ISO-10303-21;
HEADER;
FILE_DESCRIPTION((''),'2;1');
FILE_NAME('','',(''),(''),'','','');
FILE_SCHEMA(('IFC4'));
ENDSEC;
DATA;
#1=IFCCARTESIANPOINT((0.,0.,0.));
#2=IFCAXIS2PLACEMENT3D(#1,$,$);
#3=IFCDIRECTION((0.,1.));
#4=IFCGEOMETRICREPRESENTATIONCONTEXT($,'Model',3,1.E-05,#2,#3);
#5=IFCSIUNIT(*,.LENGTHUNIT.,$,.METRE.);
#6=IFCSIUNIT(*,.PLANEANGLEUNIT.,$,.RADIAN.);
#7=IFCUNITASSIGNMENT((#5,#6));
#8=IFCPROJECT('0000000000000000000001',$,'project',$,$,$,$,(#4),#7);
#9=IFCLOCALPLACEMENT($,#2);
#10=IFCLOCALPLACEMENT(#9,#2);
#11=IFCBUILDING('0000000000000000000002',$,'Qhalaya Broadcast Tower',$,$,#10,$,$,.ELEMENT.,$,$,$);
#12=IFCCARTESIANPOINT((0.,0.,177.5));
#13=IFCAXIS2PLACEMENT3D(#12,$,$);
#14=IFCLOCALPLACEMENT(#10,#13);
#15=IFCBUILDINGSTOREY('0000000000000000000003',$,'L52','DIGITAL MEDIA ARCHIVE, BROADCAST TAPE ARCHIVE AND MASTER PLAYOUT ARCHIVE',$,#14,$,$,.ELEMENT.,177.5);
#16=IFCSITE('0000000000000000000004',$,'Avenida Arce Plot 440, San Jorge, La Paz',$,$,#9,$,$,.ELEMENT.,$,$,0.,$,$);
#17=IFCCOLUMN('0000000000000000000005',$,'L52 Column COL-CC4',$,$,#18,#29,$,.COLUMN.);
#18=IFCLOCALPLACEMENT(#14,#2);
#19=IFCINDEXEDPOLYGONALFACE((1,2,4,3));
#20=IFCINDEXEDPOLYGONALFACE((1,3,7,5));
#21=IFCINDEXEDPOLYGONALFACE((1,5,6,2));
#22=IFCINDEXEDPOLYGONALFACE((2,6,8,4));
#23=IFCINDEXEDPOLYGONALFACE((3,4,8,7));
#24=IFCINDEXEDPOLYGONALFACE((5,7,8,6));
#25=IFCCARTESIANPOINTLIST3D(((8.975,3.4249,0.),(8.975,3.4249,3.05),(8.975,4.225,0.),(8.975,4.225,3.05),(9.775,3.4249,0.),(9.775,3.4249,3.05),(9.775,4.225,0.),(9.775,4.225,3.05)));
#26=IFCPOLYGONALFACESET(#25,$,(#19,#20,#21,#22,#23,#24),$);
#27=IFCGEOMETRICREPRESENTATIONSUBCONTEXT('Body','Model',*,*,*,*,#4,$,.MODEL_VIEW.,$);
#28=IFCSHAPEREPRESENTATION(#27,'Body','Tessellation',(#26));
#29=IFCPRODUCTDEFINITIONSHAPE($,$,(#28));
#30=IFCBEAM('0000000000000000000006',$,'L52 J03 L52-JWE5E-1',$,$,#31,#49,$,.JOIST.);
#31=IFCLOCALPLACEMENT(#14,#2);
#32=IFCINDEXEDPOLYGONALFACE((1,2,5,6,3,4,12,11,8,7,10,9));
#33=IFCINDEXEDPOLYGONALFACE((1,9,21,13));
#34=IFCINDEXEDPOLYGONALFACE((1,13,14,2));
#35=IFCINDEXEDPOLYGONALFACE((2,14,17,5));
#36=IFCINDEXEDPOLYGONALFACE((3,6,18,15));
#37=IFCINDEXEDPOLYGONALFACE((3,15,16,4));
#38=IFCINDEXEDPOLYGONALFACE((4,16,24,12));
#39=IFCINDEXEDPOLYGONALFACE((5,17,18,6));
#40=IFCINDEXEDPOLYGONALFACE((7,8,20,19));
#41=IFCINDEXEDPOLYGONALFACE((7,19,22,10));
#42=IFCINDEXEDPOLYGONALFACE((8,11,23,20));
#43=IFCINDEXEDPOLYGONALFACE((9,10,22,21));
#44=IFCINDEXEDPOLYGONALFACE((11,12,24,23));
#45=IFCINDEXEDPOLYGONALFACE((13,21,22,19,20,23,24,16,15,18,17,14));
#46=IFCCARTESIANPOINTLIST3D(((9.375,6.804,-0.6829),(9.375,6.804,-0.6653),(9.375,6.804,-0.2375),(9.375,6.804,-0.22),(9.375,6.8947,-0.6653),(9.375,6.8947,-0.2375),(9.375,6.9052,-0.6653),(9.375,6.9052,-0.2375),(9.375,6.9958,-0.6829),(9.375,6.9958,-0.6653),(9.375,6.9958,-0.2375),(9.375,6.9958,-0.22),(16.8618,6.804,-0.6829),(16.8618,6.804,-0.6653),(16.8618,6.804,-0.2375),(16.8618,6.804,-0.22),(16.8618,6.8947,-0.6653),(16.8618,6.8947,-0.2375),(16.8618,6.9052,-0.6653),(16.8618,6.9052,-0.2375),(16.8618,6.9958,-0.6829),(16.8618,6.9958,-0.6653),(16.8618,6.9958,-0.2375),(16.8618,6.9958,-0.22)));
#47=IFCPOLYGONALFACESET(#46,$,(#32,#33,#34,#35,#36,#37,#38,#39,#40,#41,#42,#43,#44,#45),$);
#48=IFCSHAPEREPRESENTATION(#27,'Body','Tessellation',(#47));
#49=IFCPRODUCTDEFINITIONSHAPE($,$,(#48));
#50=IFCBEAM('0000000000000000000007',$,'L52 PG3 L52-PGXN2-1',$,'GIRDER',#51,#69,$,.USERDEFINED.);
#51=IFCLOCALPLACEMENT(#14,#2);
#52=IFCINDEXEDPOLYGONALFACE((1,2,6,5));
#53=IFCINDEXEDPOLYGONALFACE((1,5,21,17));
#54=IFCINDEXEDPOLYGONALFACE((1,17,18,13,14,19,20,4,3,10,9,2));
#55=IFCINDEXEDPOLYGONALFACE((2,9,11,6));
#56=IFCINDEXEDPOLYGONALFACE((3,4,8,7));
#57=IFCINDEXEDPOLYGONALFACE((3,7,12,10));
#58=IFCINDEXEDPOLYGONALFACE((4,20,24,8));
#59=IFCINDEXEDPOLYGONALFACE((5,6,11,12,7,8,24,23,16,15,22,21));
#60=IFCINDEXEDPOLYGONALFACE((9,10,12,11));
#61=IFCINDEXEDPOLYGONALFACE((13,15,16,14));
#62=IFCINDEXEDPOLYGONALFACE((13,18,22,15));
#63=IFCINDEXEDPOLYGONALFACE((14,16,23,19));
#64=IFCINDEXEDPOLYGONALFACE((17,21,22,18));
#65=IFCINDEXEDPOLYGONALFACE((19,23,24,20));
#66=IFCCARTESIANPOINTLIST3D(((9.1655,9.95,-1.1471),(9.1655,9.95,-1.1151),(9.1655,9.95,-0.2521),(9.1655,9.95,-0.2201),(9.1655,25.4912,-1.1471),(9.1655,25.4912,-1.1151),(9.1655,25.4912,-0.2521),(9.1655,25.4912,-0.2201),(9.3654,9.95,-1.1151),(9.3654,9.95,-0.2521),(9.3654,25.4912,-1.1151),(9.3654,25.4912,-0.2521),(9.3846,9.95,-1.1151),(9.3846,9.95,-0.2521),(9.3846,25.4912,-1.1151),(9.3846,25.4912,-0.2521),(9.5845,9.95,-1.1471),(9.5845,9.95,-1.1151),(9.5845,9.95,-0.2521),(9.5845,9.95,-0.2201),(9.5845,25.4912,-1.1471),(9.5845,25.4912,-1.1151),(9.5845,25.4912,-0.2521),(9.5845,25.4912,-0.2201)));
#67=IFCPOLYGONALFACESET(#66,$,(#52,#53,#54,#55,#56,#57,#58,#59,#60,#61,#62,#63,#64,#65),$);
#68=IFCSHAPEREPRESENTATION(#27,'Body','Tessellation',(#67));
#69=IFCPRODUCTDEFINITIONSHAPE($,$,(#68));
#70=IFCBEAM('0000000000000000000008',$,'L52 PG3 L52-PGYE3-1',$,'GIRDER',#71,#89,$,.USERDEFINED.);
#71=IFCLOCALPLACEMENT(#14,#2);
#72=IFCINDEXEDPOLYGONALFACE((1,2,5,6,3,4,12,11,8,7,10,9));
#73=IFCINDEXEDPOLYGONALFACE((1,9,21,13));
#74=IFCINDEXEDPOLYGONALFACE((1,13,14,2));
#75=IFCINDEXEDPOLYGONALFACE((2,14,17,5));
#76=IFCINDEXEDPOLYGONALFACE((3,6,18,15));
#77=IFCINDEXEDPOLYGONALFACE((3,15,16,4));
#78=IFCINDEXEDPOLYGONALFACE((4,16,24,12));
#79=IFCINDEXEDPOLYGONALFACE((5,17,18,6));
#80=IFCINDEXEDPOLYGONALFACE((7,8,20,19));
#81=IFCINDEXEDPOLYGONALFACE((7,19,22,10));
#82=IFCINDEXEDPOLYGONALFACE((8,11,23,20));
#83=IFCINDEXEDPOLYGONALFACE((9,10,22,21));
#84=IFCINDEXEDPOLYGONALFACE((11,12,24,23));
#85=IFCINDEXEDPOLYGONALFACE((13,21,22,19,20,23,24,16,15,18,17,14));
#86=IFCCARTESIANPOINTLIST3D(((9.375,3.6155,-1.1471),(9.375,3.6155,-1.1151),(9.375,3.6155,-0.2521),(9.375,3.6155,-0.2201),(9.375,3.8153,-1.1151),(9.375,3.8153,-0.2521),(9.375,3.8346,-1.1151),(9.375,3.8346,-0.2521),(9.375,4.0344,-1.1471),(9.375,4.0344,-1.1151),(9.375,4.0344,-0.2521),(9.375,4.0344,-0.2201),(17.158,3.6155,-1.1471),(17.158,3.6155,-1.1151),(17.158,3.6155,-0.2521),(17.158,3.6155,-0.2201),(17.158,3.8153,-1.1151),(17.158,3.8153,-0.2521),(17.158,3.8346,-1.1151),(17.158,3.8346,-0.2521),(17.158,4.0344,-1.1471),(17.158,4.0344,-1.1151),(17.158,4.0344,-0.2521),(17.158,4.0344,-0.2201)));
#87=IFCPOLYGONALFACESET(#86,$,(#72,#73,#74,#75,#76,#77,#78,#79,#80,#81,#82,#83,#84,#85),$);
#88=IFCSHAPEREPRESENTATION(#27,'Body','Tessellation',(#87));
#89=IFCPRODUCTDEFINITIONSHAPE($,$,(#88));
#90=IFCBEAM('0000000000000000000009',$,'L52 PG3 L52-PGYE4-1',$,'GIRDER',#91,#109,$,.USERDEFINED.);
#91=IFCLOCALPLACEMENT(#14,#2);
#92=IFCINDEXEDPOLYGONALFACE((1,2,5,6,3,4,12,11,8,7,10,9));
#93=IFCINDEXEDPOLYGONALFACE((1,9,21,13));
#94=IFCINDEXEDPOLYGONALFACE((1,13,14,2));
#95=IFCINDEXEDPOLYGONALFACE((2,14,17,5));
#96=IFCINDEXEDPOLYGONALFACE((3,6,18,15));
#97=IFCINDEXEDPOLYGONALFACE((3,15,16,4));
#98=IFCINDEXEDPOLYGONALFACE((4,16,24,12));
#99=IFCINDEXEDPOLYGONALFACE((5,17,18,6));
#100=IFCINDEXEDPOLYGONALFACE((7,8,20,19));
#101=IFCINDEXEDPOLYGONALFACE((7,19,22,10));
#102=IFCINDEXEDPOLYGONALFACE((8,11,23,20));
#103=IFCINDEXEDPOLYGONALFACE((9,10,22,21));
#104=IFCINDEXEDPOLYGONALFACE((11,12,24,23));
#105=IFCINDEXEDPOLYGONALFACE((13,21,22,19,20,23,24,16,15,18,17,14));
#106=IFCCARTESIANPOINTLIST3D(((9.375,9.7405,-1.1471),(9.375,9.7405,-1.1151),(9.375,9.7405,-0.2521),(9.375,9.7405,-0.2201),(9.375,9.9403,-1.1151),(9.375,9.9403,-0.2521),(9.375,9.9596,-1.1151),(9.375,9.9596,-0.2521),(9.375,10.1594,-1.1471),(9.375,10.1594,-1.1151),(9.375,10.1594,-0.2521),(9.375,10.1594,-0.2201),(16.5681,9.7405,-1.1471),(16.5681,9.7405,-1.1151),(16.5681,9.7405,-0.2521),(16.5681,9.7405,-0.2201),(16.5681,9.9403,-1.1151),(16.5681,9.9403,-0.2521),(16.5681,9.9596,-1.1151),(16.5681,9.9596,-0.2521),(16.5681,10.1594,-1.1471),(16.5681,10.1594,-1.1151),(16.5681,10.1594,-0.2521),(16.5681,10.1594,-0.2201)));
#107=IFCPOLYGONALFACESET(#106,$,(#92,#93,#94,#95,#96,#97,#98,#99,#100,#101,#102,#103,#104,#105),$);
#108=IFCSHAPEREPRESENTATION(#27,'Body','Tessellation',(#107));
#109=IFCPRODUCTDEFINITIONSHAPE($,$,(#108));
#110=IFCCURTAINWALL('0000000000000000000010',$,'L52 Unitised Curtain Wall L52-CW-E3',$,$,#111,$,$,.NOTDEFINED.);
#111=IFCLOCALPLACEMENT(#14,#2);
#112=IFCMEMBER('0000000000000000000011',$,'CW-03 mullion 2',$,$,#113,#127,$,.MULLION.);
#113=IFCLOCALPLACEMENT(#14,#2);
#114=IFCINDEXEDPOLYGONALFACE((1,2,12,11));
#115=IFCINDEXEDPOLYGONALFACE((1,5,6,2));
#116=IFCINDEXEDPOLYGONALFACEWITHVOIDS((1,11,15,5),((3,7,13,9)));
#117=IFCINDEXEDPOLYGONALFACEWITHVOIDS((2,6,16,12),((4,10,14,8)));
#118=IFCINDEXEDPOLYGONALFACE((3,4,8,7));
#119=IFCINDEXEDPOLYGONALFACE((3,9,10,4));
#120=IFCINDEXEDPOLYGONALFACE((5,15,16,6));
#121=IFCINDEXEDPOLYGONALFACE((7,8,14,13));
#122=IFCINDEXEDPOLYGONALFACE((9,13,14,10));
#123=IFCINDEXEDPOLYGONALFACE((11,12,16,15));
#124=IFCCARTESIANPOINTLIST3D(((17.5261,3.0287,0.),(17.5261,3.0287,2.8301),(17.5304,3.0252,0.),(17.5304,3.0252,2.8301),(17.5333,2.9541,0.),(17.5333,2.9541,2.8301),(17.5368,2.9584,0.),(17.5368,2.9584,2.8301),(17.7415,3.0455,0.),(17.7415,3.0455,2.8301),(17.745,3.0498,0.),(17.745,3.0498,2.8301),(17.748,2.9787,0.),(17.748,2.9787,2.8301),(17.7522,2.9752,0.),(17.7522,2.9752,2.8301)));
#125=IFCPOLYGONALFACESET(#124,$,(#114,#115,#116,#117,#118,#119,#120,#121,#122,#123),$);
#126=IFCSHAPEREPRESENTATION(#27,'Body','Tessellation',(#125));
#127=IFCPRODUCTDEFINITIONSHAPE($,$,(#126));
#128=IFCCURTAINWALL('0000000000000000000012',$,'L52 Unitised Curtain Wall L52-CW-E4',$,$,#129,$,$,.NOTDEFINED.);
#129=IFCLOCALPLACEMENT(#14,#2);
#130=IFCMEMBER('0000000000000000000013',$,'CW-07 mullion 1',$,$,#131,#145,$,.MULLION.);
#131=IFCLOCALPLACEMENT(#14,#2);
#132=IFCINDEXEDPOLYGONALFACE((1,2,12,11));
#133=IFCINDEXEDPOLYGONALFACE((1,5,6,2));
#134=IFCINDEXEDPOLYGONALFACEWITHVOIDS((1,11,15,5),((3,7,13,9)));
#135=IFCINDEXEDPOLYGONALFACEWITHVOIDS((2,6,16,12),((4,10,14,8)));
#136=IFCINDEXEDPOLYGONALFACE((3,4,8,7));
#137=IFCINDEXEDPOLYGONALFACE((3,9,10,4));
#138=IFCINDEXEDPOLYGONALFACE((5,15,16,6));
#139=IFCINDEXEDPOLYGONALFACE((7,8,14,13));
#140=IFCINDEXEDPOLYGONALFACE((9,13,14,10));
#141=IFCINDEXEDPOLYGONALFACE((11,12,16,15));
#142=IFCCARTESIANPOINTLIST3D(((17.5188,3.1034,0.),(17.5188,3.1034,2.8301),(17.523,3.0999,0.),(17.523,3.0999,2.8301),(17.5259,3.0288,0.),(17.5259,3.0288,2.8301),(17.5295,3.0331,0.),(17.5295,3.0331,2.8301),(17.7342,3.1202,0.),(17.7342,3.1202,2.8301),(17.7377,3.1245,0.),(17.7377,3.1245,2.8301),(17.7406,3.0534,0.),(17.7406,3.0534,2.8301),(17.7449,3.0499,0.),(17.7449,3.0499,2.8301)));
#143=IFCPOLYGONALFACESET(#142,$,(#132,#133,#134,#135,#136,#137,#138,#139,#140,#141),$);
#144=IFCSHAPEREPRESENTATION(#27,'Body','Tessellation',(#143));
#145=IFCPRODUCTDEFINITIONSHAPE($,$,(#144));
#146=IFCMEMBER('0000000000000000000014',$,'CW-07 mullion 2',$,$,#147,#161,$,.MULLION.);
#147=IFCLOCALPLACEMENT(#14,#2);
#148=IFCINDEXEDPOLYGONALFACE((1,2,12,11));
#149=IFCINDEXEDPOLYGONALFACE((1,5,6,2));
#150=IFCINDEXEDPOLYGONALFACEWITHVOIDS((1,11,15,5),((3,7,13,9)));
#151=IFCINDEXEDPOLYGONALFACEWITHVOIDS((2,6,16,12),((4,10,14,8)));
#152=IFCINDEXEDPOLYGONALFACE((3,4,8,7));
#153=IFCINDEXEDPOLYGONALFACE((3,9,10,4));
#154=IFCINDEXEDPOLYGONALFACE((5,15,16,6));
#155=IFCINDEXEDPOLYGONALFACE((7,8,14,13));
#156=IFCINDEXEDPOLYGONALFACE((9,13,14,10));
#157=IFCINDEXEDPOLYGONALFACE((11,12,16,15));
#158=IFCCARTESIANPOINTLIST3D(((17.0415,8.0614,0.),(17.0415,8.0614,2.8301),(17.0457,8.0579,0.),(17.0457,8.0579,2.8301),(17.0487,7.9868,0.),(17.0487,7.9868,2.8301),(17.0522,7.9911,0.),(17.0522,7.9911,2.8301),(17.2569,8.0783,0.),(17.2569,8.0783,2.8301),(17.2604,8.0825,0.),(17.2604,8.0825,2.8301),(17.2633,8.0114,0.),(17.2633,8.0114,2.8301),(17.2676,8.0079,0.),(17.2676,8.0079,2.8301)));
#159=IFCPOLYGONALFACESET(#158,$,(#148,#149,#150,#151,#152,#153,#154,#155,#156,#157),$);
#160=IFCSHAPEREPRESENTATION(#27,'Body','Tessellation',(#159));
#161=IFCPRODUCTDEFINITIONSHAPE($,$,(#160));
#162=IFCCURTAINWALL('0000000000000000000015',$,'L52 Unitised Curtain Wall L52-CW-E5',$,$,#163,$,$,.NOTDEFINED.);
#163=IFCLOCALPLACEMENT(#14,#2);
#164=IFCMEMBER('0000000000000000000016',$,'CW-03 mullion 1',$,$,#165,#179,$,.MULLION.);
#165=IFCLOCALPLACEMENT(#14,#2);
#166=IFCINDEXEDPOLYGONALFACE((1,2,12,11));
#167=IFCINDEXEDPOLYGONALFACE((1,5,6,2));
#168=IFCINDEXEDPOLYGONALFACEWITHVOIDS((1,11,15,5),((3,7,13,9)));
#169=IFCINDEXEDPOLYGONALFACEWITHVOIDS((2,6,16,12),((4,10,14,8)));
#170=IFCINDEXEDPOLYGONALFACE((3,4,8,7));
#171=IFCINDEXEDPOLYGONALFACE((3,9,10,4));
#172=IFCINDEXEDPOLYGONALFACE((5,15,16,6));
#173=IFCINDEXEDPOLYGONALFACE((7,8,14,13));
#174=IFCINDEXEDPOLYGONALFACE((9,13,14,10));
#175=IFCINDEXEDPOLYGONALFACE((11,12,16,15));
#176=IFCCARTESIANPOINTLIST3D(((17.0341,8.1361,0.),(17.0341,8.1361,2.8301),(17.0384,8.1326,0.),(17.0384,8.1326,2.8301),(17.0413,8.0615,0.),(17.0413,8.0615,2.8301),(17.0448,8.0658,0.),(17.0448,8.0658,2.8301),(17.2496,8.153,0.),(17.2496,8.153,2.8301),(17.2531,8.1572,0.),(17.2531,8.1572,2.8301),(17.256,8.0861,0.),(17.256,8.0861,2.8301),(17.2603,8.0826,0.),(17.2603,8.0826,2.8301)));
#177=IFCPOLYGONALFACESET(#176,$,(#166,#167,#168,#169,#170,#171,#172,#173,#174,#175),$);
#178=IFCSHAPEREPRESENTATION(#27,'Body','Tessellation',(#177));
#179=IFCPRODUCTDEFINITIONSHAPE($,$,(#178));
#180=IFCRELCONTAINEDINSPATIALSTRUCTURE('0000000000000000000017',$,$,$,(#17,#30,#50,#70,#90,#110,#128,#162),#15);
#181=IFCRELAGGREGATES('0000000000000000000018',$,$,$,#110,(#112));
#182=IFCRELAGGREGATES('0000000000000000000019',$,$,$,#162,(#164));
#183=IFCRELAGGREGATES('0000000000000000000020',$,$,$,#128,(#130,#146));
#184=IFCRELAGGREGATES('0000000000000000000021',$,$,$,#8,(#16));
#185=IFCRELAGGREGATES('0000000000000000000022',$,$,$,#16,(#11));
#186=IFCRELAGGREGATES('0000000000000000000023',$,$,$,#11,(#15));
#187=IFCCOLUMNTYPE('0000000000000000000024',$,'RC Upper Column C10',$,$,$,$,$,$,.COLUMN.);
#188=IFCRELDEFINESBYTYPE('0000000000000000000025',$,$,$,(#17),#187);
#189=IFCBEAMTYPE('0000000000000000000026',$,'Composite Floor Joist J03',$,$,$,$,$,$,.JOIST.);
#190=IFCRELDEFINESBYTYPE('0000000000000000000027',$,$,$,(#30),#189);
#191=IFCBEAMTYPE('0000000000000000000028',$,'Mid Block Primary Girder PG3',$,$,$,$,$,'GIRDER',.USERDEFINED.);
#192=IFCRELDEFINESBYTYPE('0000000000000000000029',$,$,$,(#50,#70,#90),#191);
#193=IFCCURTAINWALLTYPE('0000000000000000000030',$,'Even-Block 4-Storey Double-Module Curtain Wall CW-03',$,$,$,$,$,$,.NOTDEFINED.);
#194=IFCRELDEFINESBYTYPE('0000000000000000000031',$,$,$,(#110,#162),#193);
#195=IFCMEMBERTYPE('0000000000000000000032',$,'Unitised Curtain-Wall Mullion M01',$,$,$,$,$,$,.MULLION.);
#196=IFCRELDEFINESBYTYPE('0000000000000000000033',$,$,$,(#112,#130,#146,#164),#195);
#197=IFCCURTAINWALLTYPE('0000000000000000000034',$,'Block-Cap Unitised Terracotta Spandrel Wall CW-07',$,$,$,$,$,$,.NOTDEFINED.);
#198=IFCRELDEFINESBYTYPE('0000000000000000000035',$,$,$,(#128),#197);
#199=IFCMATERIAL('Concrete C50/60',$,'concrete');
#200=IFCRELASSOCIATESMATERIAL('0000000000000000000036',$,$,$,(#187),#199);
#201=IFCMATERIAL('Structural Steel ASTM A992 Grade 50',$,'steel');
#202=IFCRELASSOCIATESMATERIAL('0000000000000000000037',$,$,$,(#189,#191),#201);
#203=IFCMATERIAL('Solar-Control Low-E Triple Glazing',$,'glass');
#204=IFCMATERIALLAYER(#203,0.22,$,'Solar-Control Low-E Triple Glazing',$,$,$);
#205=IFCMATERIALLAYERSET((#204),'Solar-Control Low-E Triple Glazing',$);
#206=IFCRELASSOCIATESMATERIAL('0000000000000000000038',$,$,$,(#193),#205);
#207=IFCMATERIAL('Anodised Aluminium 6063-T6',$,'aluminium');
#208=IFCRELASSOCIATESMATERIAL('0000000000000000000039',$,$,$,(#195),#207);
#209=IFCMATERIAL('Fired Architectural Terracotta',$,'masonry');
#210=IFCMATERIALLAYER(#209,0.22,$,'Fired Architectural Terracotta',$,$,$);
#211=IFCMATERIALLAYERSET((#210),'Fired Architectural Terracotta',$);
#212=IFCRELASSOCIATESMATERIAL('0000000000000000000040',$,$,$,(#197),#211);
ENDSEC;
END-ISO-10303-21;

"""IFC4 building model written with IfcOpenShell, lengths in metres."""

from ifc_helpers import new_model, si_unit, direction, frame, origin, origin_2d, place, context, subcontext, project, spatial, rectangle, hollow_rectangle, i_section, extrude, material, layer, layer_set, material_profile, profile_set, type_object, element, aggregate, save


model = new_model("IFC4")

# Units and contexts
model_context = context("Model", 3, precision=1e-05, world=origin(), true_north=direction((0.0, 1.0)))
body_context = subcontext(model_context, "Body", "Model", "MODEL_VIEW")
ifc_project = project(units=[si_unit("LENGTHUNIT", "METRE"), si_unit("PLANEANGLEUNIT", "RADIAN")], contexts=[model_context])

# Site, building, storey
site_placement = place(None, origin())
site = spatial("IfcSite", under=ifc_project, at=site_placement, Name="Avenida Arce Plot 440, San Jorge, La Paz", CompositionType="ELEMENT", RefElevation=0.0)
building_placement = place(site_placement, origin())
building = spatial("IfcBuilding", under=site, at=building_placement, Name="Qhalaya Broadcast Tower", CompositionType="ELEMENT")
storey_placement = place(building_placement, frame((0.0, 0.0, 177.5)))
storey = spatial("IfcBuildingStorey", under=building, at=storey_placement, Name="L52", Description="DIGITAL MEDIA ARCHIVE, BROADCAST TAPE ARCHIVE AND MASTER PLAYOUT ARCHIVE", CompositionType="ELEMENT", Elevation=177.5)

# Column
ifc_material_1 = material(Name="Concrete C50/60", Category="concrete")
ifc_material_profile_1 = material_profile(ifc_material_1, rectangle(XDim=0.8, YDim=0.8, at=origin_2d()), Name="RC-COL 800x800")
ifc_profile_set_1 = profile_set([ifc_material_profile_1], Name="Concrete C50/60")
column_type = type_object("IfcColumnType", Name="RC Upper Column C10", PredefinedType="COLUMN", material=ifc_profile_set_1)
column_placement = place(storey_placement, frame((9.375, 3.825, 0.0), z_axis=(0.0, 0.0, 1.0), x_axis=(1.0, 0.0, 0.0)))
element("IfcColumn", 1, at=column_placement, inside=storey, type_object=column_type, Name="L52 Column COL-CC4", PredefinedType="COLUMN", context=body_context, shape_type="SweptSolid", body=[
    extrude(rectangle(XDim=0.8, YDim=0.8, at=origin_2d()), origin(), (0.0, 0.0, 1.0), 3.05),
])

# Beams
ifc_material_2 = material(Name="Structural Steel ASTM A992 Grade 50", Category="steel")
ifc_material_profile_2 = material_profile(ifc_material_2, i_section(OverallWidth=0.1919, OverallDepth=0.4629, WebThickness=0.0105, FlangeThickness=0.0176, at=origin_2d()), Name="W18X60")
ifc_profile_set_2 = profile_set([ifc_material_profile_2], Name="Structural Steel ASTM A992 Grade 50")
beam_type_1 = type_object("IfcBeamType", Name="Composite Floor Joist J03", PredefinedType="JOIST", material=ifc_profile_set_2)
beam_1_placement = place(storey_placement, frame((9.375, 6.8999, -0.4514), z_axis=(1.0, 0.0, 0.0), x_axis=(0.0, 1.0, 0.0)))
element("IfcBeam", 2, at=beam_1_placement, inside=storey, type_object=beam_type_1, Name="L52 J03 L52-JWE5E-1", PredefinedType="JOIST", context=body_context, shape_type="SweptSolid", body=[
    extrude(i_section(OverallWidth=0.1919, OverallDepth=0.4629, WebThickness=0.0105, FlangeThickness=0.0176, at=origin_2d()), origin(), (0.0, 0.0, 1.0), 7.4868),
])
ifc_material_profile_3 = material_profile(ifc_material_2, i_section(OverallWidth=0.4189, OverallDepth=0.927, WebThickness=0.0193, FlangeThickness=0.032, at=origin_2d()), Name="W36X231")
ifc_profile_set_3 = profile_set([ifc_material_profile_3], Name="Structural Steel ASTM A992 Grade 50")
beam_type_2 = type_object("IfcBeamType", Name="Mid Block Primary Girder PG3", ElementType="GIRDER", PredefinedType="USERDEFINED", material=ifc_profile_set_3)
beam_2_placement = place(storey_placement, frame((9.375, 9.95, -0.6836), z_axis=(0.0, 1.0, 0.0), x_axis=(-1.0, 0.0, 0.0)))
element("IfcBeam", 3, at=beam_2_placement, inside=storey, type_object=beam_type_2, Name="L52 PG3 L52-PGXN2-1", ObjectType="GIRDER", PredefinedType="USERDEFINED", context=body_context, shape_type="SweptSolid", body=[
    extrude(i_section(OverallWidth=0.4189, OverallDepth=0.927, WebThickness=0.0193, FlangeThickness=0.032, at=origin_2d()), origin(), (0.0, 0.0, 1.0), 15.5413),
])
beam_3_placement = place(storey_placement, frame((9.375, 3.825, -0.6836), z_axis=(1.0, 0.0, 0.0), x_axis=(0.0, 1.0, 0.0)))
element("IfcBeam", 4, at=beam_3_placement, inside=storey, type_object=beam_type_2, Name="L52 PG3 L52-PGYE3-1", ObjectType="GIRDER", PredefinedType="USERDEFINED", context=body_context, shape_type="SweptSolid", body=[
    extrude(i_section(OverallWidth=0.4189, OverallDepth=0.927, WebThickness=0.0193, FlangeThickness=0.032, at=origin_2d()), origin(), (0.0, 0.0, 1.0), 7.783),
])
beam_4_placement = place(storey_placement, frame((9.375, 9.95, -0.6836), z_axis=(1.0, 0.0, 0.0), x_axis=(0.0, 1.0, 0.0)))
element("IfcBeam", 5, at=beam_4_placement, inside=storey, type_object=beam_type_2, Name="L52 PG3 L52-PGYE4-1", ObjectType="GIRDER", PredefinedType="USERDEFINED", context=body_context, shape_type="SweptSolid", body=[
    extrude(i_section(OverallWidth=0.4189, OverallDepth=0.927, WebThickness=0.0193, FlangeThickness=0.032, at=origin_2d()), origin(), (0.0, 0.0, 1.0), 7.1931),
])

# Curtain wall, member
ifc_material_3 = material(Name="Solar-Control Low-E Triple Glazing", Category="glass")
ifc_layer_1 = layer(ifc_material_3, 0.22, Name="Solar-Control Low-E Triple Glazing")
ifc_layer_set_1 = layer_set([ifc_layer_1], Name="Solar-Control Low-E Triple Glazing")
curtain_wall_type_1 = type_object("IfcCurtainWallType", Name="Even-Block 4-Storey Double-Module Curtain Wall CW-03", PredefinedType="NOTDEFINED", material=ifc_layer_set_1)
curtain_wall_1_placement = place(storey_placement, origin())
curtain_wall_1 = element("IfcCurtainWall", 6, at=curtain_wall_1_placement, inside=storey, type_object=curtain_wall_type_1, Name="L52 Unitised Curtain Wall L52-CW-E3", PredefinedType="NOTDEFINED")
ifc_material_4 = material(Name="Anodised Aluminium 6063-T6", Category="aluminium")
ifc_material_profile_4 = material_profile(ifc_material_4, hollow_rectangle(XDim=0.075, YDim=0.22, WallThickness=0.0039, at=origin_2d()), Name="ALU-MUL 75x220x4")
ifc_profile_set_4 = profile_set([ifc_material_profile_4], Name="Anodised Aluminium 6063-T6")
member_type_1 = type_object("IfcMemberType", Name="Unitised Curtain-Wall Mullion M01", PredefinedType="MULLION", material=ifc_profile_set_4)
member_1_placement = place(storey_placement, frame((17.6392, 3.002, 0.0), z_axis=(0.0, 0.0, 1.0), x_axis=(-0.09584, 0.995397, 0.0)))
member_1 = element("IfcMember", 7, at=member_1_placement, type_object=member_type_1, Name="CW-03 mullion 2", PredefinedType="MULLION", context=body_context, shape_type="SweptSolid", body=[
    extrude(hollow_rectangle(XDim=0.075, YDim=0.22, WallThickness=0.0039, at=origin_2d()), origin(), (0.0, 0.0, 1.0), 2.8301),
])
aggregate(curtain_wall_1, [member_1])

# Curtain wall, members
ifc_material_5 = material(Name="Fired Architectural Terracotta", Category="masonry")
ifc_layer_2 = layer(ifc_material_5, 0.22, Name="Fired Architectural Terracotta")
ifc_layer_set_2 = layer_set([ifc_layer_2], Name="Fired Architectural Terracotta")
curtain_wall_type_2 = type_object("IfcCurtainWallType", Name="Block-Cap Unitised Terracotta Spandrel Wall CW-07", PredefinedType="NOTDEFINED", material=ifc_layer_set_2)
curtain_wall_2_placement = place(storey_placement, origin())
curtain_wall_2 = element("IfcCurtainWall", 8, at=curtain_wall_2_placement, inside=storey, type_object=curtain_wall_type_2, Name="L52 Unitised Curtain Wall L52-CW-E4", PredefinedType="NOTDEFINED")
member_2_placement = place(storey_placement, frame((17.6318, 3.0767, 0.0), z_axis=(0.0, 0.0, 1.0), x_axis=(-0.095847, 0.995396, 0.0)))
member_2 = element("IfcMember", 9, at=member_2_placement, type_object=member_type_1, Name="CW-07 mullion 1", PredefinedType="MULLION", context=body_context, shape_type="SweptSolid", body=[
    extrude(hollow_rectangle(XDim=0.075, YDim=0.22, WallThickness=0.0039, at=origin_2d()), origin(), (0.0, 0.0, 1.0), 2.8301),
])
member_3_placement = place(storey_placement, frame((17.1545, 8.0347, 0.0), z_axis=(0.0, 0.0, 1.0), x_axis=(-0.095847, 0.995396, 0.0)))
member_3 = element("IfcMember", 10, at=member_3_placement, type_object=member_type_1, Name="CW-07 mullion 2", PredefinedType="MULLION", context=body_context, shape_type="SweptSolid", body=[
    extrude(hollow_rectangle(XDim=0.075, YDim=0.22, WallThickness=0.0039, at=origin_2d()), origin(), (0.0, 0.0, 1.0), 2.8301),
])

# Curtain wall, member
curtain_wall_3_placement = place(storey_placement, origin())
curtain_wall_3 = element("IfcCurtainWall", 11, at=curtain_wall_3_placement, inside=storey, type_object=curtain_wall_type_1, Name="L52 Unitised Curtain Wall L52-CW-E5", PredefinedType="NOTDEFINED")
member_4_placement = place(storey_placement, frame((17.1472, 8.1094, 0.0), z_axis=(0.0, 0.0, 1.0), x_axis=(-0.095838, 0.995397, 0.0)))
member_4 = element("IfcMember", 12, at=member_4_placement, type_object=member_type_1, Name="CW-03 mullion 1", PredefinedType="MULLION", context=body_context, shape_type="SweptSolid", body=[
    extrude(hollow_rectangle(XDim=0.075, YDim=0.22, WallThickness=0.0039, at=origin_2d()), origin(), (0.0, 0.0, 1.0), 2.8301),
])

aggregate(curtain_wall_3, [member_4])

aggregate(curtain_wall_2, [member_2, member_3])

save(model, "model.ifc")
